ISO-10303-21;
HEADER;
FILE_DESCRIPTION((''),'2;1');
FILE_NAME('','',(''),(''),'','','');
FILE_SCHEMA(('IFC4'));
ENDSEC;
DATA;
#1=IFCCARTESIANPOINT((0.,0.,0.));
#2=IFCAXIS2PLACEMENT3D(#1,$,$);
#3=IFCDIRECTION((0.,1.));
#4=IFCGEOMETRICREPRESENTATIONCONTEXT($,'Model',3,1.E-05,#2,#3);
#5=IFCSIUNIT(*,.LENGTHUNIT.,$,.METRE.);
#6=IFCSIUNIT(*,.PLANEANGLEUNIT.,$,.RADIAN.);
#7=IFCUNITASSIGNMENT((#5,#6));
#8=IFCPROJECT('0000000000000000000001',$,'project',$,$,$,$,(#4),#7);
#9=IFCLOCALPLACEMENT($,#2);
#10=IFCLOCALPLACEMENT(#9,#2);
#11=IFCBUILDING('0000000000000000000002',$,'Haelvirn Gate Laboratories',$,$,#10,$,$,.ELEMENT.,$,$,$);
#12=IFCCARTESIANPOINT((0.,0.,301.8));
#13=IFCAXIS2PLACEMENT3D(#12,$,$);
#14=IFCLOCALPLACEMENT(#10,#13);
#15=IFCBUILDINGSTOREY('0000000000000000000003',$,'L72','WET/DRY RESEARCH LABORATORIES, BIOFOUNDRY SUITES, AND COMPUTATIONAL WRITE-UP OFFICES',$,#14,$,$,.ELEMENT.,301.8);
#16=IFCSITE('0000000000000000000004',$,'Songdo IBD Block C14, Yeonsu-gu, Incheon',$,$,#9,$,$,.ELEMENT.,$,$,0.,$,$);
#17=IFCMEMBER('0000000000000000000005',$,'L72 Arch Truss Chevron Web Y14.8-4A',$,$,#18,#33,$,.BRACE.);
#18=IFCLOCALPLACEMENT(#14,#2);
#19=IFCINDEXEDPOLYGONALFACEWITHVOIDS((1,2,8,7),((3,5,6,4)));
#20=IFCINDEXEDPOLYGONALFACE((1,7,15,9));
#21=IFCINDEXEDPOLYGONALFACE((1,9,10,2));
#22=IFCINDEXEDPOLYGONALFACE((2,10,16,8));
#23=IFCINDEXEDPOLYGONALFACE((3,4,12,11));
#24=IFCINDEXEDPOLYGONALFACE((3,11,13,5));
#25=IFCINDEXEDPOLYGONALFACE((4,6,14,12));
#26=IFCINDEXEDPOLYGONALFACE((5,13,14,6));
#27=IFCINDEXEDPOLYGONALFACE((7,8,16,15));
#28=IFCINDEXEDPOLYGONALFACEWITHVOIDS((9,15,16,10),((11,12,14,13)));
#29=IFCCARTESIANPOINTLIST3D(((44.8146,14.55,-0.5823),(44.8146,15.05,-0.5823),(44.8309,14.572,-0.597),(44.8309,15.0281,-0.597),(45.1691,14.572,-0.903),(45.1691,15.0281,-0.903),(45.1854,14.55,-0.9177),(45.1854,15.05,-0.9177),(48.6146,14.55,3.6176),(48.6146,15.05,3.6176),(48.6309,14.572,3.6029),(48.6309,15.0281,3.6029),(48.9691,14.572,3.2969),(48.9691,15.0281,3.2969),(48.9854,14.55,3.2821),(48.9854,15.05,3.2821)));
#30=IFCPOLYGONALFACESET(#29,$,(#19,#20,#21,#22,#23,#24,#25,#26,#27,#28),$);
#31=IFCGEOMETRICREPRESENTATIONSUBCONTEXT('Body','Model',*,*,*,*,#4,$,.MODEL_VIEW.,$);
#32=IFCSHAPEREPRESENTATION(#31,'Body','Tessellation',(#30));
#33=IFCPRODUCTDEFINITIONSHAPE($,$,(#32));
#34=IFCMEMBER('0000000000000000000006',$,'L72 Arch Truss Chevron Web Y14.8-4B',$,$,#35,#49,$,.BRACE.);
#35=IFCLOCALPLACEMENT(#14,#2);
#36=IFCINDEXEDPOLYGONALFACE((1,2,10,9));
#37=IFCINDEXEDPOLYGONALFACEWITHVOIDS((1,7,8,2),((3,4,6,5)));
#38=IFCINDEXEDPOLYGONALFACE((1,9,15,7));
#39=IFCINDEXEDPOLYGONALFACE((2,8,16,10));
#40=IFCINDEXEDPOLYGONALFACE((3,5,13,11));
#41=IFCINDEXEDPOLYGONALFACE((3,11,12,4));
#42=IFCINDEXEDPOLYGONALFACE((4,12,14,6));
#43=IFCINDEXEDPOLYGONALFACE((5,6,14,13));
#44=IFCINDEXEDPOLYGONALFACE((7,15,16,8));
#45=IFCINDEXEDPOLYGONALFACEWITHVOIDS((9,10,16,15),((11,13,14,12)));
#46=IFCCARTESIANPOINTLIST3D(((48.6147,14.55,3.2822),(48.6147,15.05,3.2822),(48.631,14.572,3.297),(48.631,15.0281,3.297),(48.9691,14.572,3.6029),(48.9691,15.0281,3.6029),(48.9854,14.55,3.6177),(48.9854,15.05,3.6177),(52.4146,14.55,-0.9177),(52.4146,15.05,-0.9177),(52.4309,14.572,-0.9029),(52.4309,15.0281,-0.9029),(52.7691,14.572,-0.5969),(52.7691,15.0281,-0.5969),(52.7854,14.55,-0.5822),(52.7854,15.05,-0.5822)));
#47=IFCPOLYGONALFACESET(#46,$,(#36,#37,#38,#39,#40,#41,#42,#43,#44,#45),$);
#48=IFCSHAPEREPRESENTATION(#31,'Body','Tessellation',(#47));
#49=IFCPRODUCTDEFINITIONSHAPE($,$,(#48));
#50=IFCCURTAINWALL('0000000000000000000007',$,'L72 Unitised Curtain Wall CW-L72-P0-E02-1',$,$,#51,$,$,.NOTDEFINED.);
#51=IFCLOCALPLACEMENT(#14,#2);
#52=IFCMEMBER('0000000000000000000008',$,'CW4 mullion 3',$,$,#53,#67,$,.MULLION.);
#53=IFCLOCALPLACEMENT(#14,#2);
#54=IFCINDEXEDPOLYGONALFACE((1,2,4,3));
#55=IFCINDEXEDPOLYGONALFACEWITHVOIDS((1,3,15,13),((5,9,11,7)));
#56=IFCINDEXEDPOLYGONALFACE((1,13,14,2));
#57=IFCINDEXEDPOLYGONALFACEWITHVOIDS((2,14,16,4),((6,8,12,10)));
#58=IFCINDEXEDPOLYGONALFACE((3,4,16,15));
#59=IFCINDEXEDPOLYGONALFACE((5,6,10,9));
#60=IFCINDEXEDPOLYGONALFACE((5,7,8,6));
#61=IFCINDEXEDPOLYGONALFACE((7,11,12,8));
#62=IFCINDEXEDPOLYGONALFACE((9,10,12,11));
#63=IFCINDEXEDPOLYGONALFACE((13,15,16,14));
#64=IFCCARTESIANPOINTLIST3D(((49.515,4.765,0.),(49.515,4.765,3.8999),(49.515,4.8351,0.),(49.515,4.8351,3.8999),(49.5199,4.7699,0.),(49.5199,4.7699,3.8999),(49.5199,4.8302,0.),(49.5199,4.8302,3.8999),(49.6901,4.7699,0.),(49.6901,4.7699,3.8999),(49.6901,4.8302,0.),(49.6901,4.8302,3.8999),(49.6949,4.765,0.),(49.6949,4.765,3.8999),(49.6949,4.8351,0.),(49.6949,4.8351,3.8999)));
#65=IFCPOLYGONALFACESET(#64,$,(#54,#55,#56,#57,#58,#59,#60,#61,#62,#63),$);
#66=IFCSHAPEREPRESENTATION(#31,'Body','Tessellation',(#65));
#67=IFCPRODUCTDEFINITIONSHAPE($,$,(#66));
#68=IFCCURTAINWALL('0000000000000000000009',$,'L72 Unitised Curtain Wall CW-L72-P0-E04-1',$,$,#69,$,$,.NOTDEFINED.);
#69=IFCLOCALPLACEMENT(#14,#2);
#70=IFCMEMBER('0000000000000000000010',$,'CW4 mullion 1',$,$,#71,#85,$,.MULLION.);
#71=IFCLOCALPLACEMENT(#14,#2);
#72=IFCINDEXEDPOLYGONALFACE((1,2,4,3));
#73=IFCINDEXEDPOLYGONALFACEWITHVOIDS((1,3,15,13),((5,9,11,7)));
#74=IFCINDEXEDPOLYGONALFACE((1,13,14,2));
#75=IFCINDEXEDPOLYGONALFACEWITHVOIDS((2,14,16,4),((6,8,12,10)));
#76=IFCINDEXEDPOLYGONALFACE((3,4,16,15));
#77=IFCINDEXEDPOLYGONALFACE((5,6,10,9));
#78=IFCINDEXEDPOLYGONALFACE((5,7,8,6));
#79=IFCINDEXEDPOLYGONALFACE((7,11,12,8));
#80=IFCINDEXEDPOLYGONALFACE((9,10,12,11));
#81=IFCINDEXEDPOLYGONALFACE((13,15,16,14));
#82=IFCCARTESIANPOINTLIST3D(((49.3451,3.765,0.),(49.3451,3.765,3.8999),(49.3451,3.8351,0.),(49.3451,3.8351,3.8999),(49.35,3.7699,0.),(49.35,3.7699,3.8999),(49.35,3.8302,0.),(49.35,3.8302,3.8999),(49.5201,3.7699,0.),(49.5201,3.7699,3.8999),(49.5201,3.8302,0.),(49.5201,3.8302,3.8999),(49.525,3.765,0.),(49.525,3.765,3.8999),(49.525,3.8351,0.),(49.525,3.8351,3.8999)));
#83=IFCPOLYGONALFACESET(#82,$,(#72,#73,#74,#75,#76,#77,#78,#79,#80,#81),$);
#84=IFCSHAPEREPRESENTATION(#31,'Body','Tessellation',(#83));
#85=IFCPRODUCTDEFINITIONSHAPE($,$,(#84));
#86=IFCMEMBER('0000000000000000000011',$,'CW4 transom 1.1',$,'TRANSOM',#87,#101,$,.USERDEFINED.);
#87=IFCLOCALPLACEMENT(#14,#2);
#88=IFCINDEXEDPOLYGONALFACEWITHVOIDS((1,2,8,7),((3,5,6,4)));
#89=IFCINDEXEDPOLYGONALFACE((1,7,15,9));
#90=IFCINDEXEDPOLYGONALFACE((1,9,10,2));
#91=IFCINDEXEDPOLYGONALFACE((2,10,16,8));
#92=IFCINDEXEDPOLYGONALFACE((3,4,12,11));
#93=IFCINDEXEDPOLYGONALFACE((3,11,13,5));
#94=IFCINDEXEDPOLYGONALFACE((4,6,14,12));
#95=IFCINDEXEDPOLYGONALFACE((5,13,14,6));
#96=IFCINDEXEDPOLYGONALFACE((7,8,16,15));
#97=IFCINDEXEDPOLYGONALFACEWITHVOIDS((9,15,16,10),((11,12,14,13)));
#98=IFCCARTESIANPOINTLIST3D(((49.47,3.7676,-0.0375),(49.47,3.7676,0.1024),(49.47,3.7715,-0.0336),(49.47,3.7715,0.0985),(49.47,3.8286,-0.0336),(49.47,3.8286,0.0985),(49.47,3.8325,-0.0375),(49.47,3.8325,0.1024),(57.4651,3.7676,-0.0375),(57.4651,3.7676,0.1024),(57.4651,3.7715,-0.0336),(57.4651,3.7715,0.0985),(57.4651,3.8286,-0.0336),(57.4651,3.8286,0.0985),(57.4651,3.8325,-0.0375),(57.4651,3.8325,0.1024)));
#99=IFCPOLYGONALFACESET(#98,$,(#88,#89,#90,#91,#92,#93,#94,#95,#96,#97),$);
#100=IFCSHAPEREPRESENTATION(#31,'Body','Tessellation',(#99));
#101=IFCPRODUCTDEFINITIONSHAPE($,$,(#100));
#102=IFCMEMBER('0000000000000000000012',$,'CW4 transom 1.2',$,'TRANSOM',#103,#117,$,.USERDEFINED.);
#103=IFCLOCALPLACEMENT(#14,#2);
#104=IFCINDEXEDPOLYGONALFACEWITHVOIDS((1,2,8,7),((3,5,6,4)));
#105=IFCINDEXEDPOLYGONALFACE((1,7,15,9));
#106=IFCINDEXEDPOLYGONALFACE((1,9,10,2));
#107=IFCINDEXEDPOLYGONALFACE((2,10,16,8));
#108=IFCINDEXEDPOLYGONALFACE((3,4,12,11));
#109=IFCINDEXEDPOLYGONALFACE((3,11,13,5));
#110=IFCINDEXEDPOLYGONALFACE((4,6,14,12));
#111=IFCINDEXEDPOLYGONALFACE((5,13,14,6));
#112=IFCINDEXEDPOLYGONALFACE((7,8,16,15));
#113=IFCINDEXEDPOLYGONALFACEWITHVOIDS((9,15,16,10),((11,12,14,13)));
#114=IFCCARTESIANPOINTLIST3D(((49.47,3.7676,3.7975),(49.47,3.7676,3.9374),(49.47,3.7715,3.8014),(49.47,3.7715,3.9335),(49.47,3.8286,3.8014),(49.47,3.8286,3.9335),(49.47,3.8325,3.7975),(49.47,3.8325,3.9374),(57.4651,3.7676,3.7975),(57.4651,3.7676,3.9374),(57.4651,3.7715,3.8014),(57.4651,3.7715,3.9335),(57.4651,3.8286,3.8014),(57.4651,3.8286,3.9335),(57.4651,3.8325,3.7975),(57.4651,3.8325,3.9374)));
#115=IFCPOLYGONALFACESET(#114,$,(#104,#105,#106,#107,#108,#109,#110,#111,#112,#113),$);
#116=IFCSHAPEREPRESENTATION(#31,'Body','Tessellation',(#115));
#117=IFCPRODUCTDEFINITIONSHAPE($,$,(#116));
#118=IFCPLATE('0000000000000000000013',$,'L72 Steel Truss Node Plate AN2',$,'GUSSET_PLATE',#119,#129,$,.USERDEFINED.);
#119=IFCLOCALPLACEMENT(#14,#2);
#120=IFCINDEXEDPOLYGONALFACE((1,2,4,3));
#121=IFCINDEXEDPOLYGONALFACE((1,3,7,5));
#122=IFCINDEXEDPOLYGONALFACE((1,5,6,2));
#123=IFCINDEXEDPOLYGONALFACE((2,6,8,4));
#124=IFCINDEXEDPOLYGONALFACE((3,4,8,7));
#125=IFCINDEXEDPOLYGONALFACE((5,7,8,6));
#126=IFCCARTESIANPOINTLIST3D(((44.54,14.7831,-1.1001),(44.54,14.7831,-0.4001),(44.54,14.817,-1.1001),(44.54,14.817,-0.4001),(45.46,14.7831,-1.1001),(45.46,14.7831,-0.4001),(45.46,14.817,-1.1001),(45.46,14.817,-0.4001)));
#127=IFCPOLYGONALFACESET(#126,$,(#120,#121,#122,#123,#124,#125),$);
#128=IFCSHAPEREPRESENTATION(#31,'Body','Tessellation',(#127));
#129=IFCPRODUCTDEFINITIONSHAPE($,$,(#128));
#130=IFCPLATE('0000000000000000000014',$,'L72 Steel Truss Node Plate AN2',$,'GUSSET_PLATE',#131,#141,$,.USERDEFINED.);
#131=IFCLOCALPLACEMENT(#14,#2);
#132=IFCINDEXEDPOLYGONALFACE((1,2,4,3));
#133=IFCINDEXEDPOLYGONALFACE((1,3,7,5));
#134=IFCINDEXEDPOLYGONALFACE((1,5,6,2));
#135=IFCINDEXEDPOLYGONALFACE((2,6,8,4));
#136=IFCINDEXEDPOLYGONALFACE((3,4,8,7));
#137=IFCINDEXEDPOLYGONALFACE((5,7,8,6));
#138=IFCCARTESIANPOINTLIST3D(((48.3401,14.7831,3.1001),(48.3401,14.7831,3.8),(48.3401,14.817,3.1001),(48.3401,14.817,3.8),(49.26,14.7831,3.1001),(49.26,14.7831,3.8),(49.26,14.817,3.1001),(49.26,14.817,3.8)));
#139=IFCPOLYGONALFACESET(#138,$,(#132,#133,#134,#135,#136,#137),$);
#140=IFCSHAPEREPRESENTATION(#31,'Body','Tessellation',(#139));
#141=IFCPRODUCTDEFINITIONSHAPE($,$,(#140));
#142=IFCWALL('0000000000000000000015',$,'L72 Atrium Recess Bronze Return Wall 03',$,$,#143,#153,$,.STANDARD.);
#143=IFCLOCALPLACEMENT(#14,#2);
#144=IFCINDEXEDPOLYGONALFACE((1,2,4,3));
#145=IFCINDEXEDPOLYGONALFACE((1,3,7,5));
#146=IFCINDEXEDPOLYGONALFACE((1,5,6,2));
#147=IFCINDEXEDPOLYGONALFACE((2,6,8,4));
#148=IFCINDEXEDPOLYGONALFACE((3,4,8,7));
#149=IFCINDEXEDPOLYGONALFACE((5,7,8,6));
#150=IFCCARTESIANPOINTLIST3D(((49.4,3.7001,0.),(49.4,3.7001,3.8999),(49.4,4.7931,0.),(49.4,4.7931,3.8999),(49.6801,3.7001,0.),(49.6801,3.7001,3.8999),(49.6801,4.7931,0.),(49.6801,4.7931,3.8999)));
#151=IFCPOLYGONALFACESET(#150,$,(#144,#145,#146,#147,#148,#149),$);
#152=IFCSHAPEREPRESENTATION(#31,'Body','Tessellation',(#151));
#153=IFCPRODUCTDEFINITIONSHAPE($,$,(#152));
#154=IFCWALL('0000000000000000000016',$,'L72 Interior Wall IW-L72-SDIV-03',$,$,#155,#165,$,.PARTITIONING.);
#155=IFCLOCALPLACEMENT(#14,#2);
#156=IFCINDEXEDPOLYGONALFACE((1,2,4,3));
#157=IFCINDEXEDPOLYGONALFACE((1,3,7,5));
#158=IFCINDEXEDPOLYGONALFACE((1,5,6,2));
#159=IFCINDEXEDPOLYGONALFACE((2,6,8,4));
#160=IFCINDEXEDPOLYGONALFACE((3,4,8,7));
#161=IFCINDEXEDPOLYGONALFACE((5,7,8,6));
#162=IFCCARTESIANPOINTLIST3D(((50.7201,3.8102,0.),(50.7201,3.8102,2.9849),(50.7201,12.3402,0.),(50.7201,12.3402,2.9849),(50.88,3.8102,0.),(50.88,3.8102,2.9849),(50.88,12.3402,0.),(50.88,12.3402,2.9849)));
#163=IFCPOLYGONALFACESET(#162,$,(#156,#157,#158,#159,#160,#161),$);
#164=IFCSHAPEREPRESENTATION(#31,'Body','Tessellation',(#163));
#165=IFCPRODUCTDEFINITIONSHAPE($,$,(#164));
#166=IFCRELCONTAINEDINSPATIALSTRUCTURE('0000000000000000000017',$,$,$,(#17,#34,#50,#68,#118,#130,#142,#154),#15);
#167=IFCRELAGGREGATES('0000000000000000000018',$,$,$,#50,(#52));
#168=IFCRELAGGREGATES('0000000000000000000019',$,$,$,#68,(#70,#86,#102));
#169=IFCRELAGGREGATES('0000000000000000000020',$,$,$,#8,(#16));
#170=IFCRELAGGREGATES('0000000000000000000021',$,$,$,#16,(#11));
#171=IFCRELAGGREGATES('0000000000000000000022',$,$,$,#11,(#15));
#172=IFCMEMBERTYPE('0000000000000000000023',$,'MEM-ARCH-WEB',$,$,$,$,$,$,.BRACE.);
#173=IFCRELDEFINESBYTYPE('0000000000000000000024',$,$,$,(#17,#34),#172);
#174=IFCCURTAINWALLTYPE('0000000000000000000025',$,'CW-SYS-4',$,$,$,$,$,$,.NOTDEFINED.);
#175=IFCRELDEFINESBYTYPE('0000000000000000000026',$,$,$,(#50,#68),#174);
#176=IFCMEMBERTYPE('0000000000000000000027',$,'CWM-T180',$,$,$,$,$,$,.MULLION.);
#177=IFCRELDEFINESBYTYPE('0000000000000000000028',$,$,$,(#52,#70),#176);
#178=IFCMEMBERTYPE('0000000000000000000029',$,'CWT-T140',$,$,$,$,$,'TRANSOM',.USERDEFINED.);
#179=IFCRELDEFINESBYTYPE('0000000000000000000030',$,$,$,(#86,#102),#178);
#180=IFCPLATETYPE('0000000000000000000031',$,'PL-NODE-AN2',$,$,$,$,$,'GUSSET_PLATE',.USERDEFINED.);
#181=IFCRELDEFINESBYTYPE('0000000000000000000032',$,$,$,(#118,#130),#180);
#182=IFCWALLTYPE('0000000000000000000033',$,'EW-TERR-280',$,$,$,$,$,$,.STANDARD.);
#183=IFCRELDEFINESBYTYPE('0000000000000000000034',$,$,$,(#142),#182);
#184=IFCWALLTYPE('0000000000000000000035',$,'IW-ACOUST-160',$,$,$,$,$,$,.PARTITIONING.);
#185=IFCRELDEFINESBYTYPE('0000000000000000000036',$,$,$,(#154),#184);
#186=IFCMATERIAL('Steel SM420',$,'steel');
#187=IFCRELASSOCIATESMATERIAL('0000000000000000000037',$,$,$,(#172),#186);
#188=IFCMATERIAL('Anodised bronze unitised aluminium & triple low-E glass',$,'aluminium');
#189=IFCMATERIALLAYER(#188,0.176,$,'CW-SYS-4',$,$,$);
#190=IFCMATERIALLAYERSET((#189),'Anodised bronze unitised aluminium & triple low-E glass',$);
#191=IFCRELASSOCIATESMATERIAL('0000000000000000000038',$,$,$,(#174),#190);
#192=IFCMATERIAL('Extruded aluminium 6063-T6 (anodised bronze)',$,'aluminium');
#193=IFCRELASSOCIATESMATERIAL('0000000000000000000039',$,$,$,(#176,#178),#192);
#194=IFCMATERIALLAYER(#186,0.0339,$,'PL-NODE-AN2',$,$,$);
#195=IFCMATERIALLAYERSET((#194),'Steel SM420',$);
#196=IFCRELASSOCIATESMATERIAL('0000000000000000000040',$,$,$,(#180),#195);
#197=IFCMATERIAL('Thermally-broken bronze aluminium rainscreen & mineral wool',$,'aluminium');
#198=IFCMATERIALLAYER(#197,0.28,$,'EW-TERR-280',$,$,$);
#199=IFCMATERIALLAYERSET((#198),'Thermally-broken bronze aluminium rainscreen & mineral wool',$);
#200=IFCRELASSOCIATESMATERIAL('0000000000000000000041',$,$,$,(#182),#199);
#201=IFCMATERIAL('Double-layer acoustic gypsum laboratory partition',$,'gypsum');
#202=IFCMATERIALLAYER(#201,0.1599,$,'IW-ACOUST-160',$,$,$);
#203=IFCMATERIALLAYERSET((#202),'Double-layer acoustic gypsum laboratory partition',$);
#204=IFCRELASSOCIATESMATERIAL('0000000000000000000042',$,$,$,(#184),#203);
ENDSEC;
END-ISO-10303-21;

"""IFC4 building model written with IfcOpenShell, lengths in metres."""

from ifc_helpers import new_model, si_unit, direction, frame, frame_2d, origin, origin_2d, place, context, subcontext, project, spatial, rectangle, hollow_rectangle, extrude, source, transform, mapped, material, layer, layer_set, material_profile, profile_set, type_object, type_shapes, element, aggregate, save


model = new_model("IFC4")

# Units and contexts
model_context = context("Model", 3, precision=1e-05, world=origin(), true_north=direction((0.0, 1.0)))
body_context = subcontext(model_context, "Body", "Model", "MODEL_VIEW")
ifc_project = project(units=[si_unit("LENGTHUNIT", "METRE"), si_unit("PLANEANGLEUNIT", "RADIAN")], contexts=[model_context])

# Site, building, storey
site_placement = place(None, origin())
site = spatial("IfcSite", under=ifc_project, at=site_placement, Name="Songdo IBD Block C14, Yeonsu-gu, Incheon", CompositionType="ELEMENT", RefElevation=0.0)
building_placement = place(site_placement, origin())
building = spatial("IfcBuilding", under=site, at=building_placement, Name="Haelvirn Gate Laboratories", CompositionType="ELEMENT")
storey_placement = place(building_placement, frame((0.0, 0.0, 301.8)))
storey = spatial("IfcBuildingStorey", under=building, at=storey_placement, Name="L72", Description="WET/DRY RESEARCH LABORATORIES, BIOFOUNDRY SUITES, AND COMPUTATIONAL WRITE-UP OFFICES", CompositionType="ELEMENT", Elevation=301.8)

# Shared definitions
ifc_material_1 = material(Name="Steel SM420", Category="steel")

# Members
ifc_material_profile_1 = material_profile(ifc_material_1, hollow_rectangle(XDim=0.5, YDim=0.5, WallThickness=0.022, at=origin_2d()), Name="BOX-500x500x22")
ifc_profile_set_1 = profile_set([ifc_material_profile_1], Name="Steel SM420")
member_type_1 = type_object("IfcMemberType", Name="MEM-ARCH-WEB", PredefinedType="BRACE", material=ifc_profile_set_1)
shared_shape_1 = source(origin(), body_context, "Body", "SweptSolid", [
    extrude(hollow_rectangle(XDim=0.5, YDim=0.5, WallThickness=0.022, at=origin_2d()), origin(), (0.0, 0.0, 1.0), 5.6638),
])
type_shapes(member_type_1, [shared_shape_1])
for number, where, z_axis, x_axis, name in (
    (1, (45.0, 14.8, -0.75), (0.670922, 0.0, 0.741528), (0.0, 1.0, 0.0), "L72 Arch Truss Chevron Web Y14.8-4A"),
    (2, (48.8, 14.8, 3.45), (0.670922, 0.0, -0.741528), (0.0, 1.0, 0.0), "L72 Arch Truss Chevron Web Y14.8-4B"),
):
    element("IfcMember", number, at=place(storey_placement, frame(where, z_axis=z_axis, x_axis=x_axis)), inside=storey, type_object=member_type_1, Name=name, PredefinedType="BRACE", context=body_context, shape_type="MappedRepresentation", body=[
        mapped(shared_shape_1, transform((0.0, 0.0, 0.0), scale=1.0)),
    ])

# Curtain wall, member
ifc_material_2 = material(Name="Anodised bronze unitised aluminium & triple low-E glass", Category="aluminium")
ifc_layer_1 = layer(ifc_material_2, 0.176, Name="CW-SYS-4")
ifc_layer_set_1 = layer_set([ifc_layer_1], Name="Anodised bronze unitised aluminium & triple low-E glass")
curtain_wall_type = type_object("IfcCurtainWallType", Name="CW-SYS-4", PredefinedType="NOTDEFINED", material=ifc_layer_set_1)
curtain_wall_1_placement = place(storey_placement, origin())
curtain_wall_1 = element("IfcCurtainWall", 3, at=curtain_wall_1_placement, inside=storey, type_object=curtain_wall_type, Name="L72 Unitised Curtain Wall CW-L72-P0-E02-1", PredefinedType="NOTDEFINED")
ifc_material_3 = material(Name="Extruded aluminium 6063-T6 (anodised bronze)", Category="aluminium")
ifc_material_profile_2 = material_profile(ifc_material_3, hollow_rectangle(XDim=0.0701, YDim=0.1799, WallThickness=0.0049, at=origin_2d()), Name="CWM-180x70x5")
ifc_profile_set_2 = profile_set([ifc_material_profile_2], Name="Extruded aluminium 6063-T6 (anodised bronze)")
member_type_2 = type_object("IfcMemberType", Name="CWM-T180", PredefinedType="MULLION", material=ifc_profile_set_2)
shared_shape_2 = source(origin(), body_context, "Body", "SweptSolid", [
    extrude(hollow_rectangle(XDim=0.0701, YDim=0.1799, WallThickness=0.0049, at=origin_2d()), origin(), (0.0, 0.0, 1.0), 3.8999),
])
type_shapes(member_type_2, [shared_shape_2])
member_1_placement = place(storey_placement, frame((49.605, 4.8, 0.0), z_axis=(0.0, 0.0, 1.0), x_axis=(0.0, 1.0, 0.0)))
member_1 = element("IfcMember", 4, at=member_1_placement, type_object=member_type_2, Name="CW4 mullion 3", PredefinedType="MULLION", context=body_context, shape_type="MappedRepresentation", body=[
    mapped(shared_shape_2, transform((0.0, 0.0, 0.0), scale=1.0)),
])
aggregate(curtain_wall_1, [member_1])

# Curtain wall, members
curtain_wall_2_placement = place(storey_placement, origin())
curtain_wall_2 = element("IfcCurtainWall", 5, at=curtain_wall_2_placement, inside=storey, type_object=curtain_wall_type, Name="L72 Unitised Curtain Wall CW-L72-P0-E04-1", PredefinedType="NOTDEFINED")
member_2_placement = place(storey_placement, frame((49.4351, 3.8, 0.0), z_axis=(0.0, 0.0, 1.0), x_axis=(0.0, 1.0, 0.0)))
member_2 = element("IfcMember", 6, at=member_2_placement, type_object=member_type_2, Name="CW4 mullion 1", PredefinedType="MULLION", context=body_context, shape_type="MappedRepresentation", body=[
    mapped(shared_shape_2, transform((0.0, 0.0, 0.0), scale=1.0)),
])
ifc_material_profile_3 = material_profile(ifc_material_3, hollow_rectangle(XDim=0.0649, YDim=0.1399, WallThickness=0.0039, at=origin_2d()), Name="CWT-140x65x4")
ifc_profile_set_3 = profile_set([ifc_material_profile_3], Name="Extruded aluminium 6063-T6 (anodised bronze)")
member_type_3 = type_object("IfcMemberType", Name="CWT-T140", ElementType="TRANSOM", PredefinedType="USERDEFINED", material=ifc_profile_set_3)
shared_shape_3 = source(origin(), body_context, "Body", "SweptSolid", [
    extrude(hollow_rectangle(XDim=0.0649, YDim=0.1399, WallThickness=0.0039, at=origin_2d()), origin(), (0.0, 0.0, 1.0), 7.9951),
])
type_shapes(member_type_3, [shared_shape_3])
member_3_placement = place(storey_placement, frame((49.47, 3.8, 0.0325), z_axis=(1.0, 0.0, 0.0), x_axis=(0.0, 1.0, 0.0)))
member_3 = element("IfcMember", 7, at=member_3_placement, type_object=member_type_3, Name="CW4 transom 1.1", ObjectType="TRANSOM", PredefinedType="USERDEFINED", context=body_context, shape_type="MappedRepresentation", body=[
    mapped(shared_shape_3, transform((0.0, 0.0, 0.0), scale=1.0)),
])
member_4_placement = place(storey_placement, frame((49.47, 3.8, 3.8674), z_axis=(1.0, 0.0, 0.0), x_axis=(0.0, 1.0, 0.0)))
member_4 = element("IfcMember", 8, at=member_4_placement, type_object=member_type_3, Name="CW4 transom 1.2", ObjectType="TRANSOM", PredefinedType="USERDEFINED", context=body_context, shape_type="MappedRepresentation", body=[
    mapped(shared_shape_3, transform((0.0, 0.0, 0.0), scale=1.0)),
])
aggregate(curtain_wall_2, [member_2, member_3, member_4])

# Plates
ifc_layer_2 = layer(ifc_material_1, 0.0339, Name="PL-NODE-AN2")
ifc_layer_set_2 = layer_set([ifc_layer_2], Name="Steel SM420")
plate_type = type_object("IfcPlateType", Name="PL-NODE-AN2", ElementType="GUSSET_PLATE", PredefinedType="USERDEFINED", material=ifc_layer_set_2)
shared_shape_4 = source(origin(), body_context, "Body", "SweptSolid", [
    extrude(rectangle(XDim=0.9199, YDim=0.0339, at=origin_2d()), origin(), (0.0, 0.0, 1.0), 0.7),
])
type_shapes(plate_type, [shared_shape_4])
for number, where, z_axis, x_axis, name in (
    (9, (45.0, 14.8, -1.1001), (0.0, 0.0, 1.0), (1.0, 0.0, 0.0), "L72 Steel Truss Node Plate AN2"),
    (10, (48.8, 14.8, 3.1001), (0.0, 0.0, 1.0), (1.0, 0.0, 0.0), "L72 Steel Truss Node Plate AN2"),
):
    element("IfcPlate", number, at=place(storey_placement, frame(where, z_axis=z_axis, x_axis=x_axis)), inside=storey, type_object=plate_type, Name=name, ObjectType="GUSSET_PLATE", PredefinedType="USERDEFINED", context=body_context, shape_type="MappedRepresentation", body=[
        mapped(shared_shape_4, transform((0.0, 0.0, 0.0), scale=1.0)),
    ])

# Walls
ifc_material_4 = material(Name="Thermally-broken bronze aluminium rainscreen & mineral wool", Category="aluminium")
ifc_layer_3 = layer(ifc_material_4, 0.28, Name="EW-TERR-280")
ifc_layer_set_3 = layer_set([ifc_layer_3], Name="Thermally-broken bronze aluminium rainscreen & mineral wool")
wall_type_1 = type_object("IfcWallType", Name="EW-TERR-280", PredefinedType="STANDARD", material=ifc_layer_set_3)
wall_1_placement = place(storey_placement, frame((49.54, 4.793, 0.0), z_axis=(0.0, 0.0, 1.0), x_axis=(0.0, -1.0, 0.0)))
element("IfcWall", 11, at=wall_1_placement, inside=storey, type_object=wall_type_1, Name="L72 Atrium Recess Bronze Return Wall 03", PredefinedType="STANDARD", context=body_context, shape_type="SweptSolid", body=[
    extrude(rectangle(XDim=1.093, YDim=0.28, at=frame_2d((0.5464, 0.0))), origin(), (0.0, 0.0, 1.0), 3.8999),
])
ifc_material_5 = material(Name="Double-layer acoustic gypsum laboratory partition", Category="gypsum")
ifc_layer_4 = layer(ifc_material_5, 0.1599, Name="IW-ACOUST-160")
ifc_layer_set_4 = layer_set([ifc_layer_4], Name="Double-layer acoustic gypsum laboratory partition")
wall_type_2 = type_object("IfcWallType", Name="IW-ACOUST-160", PredefinedType="PARTITIONING", material=ifc_layer_set_4)
wall_2_placement = place(storey_placement, frame((50.8, 3.8101, 0.0), z_axis=(0.0, 0.0, 1.0), x_axis=(0.0, 1.0, 0.0)))
element("IfcWall", 12, at=wall_2_placement, inside=storey, type_object=wall_type_2, Name="L72 Interior Wall IW-L72-SDIV-03", PredefinedType="PARTITIONING", context=body_context, shape_type="SweptSolid", body=[
    extrude(rectangle(XDim=8.53, YDim=0.1599, at=frame_2d((4.2651, 0.0))), origin(), (0.0, 0.0, 1.0), 2.9849),
])

save(model, "model.ifc")
